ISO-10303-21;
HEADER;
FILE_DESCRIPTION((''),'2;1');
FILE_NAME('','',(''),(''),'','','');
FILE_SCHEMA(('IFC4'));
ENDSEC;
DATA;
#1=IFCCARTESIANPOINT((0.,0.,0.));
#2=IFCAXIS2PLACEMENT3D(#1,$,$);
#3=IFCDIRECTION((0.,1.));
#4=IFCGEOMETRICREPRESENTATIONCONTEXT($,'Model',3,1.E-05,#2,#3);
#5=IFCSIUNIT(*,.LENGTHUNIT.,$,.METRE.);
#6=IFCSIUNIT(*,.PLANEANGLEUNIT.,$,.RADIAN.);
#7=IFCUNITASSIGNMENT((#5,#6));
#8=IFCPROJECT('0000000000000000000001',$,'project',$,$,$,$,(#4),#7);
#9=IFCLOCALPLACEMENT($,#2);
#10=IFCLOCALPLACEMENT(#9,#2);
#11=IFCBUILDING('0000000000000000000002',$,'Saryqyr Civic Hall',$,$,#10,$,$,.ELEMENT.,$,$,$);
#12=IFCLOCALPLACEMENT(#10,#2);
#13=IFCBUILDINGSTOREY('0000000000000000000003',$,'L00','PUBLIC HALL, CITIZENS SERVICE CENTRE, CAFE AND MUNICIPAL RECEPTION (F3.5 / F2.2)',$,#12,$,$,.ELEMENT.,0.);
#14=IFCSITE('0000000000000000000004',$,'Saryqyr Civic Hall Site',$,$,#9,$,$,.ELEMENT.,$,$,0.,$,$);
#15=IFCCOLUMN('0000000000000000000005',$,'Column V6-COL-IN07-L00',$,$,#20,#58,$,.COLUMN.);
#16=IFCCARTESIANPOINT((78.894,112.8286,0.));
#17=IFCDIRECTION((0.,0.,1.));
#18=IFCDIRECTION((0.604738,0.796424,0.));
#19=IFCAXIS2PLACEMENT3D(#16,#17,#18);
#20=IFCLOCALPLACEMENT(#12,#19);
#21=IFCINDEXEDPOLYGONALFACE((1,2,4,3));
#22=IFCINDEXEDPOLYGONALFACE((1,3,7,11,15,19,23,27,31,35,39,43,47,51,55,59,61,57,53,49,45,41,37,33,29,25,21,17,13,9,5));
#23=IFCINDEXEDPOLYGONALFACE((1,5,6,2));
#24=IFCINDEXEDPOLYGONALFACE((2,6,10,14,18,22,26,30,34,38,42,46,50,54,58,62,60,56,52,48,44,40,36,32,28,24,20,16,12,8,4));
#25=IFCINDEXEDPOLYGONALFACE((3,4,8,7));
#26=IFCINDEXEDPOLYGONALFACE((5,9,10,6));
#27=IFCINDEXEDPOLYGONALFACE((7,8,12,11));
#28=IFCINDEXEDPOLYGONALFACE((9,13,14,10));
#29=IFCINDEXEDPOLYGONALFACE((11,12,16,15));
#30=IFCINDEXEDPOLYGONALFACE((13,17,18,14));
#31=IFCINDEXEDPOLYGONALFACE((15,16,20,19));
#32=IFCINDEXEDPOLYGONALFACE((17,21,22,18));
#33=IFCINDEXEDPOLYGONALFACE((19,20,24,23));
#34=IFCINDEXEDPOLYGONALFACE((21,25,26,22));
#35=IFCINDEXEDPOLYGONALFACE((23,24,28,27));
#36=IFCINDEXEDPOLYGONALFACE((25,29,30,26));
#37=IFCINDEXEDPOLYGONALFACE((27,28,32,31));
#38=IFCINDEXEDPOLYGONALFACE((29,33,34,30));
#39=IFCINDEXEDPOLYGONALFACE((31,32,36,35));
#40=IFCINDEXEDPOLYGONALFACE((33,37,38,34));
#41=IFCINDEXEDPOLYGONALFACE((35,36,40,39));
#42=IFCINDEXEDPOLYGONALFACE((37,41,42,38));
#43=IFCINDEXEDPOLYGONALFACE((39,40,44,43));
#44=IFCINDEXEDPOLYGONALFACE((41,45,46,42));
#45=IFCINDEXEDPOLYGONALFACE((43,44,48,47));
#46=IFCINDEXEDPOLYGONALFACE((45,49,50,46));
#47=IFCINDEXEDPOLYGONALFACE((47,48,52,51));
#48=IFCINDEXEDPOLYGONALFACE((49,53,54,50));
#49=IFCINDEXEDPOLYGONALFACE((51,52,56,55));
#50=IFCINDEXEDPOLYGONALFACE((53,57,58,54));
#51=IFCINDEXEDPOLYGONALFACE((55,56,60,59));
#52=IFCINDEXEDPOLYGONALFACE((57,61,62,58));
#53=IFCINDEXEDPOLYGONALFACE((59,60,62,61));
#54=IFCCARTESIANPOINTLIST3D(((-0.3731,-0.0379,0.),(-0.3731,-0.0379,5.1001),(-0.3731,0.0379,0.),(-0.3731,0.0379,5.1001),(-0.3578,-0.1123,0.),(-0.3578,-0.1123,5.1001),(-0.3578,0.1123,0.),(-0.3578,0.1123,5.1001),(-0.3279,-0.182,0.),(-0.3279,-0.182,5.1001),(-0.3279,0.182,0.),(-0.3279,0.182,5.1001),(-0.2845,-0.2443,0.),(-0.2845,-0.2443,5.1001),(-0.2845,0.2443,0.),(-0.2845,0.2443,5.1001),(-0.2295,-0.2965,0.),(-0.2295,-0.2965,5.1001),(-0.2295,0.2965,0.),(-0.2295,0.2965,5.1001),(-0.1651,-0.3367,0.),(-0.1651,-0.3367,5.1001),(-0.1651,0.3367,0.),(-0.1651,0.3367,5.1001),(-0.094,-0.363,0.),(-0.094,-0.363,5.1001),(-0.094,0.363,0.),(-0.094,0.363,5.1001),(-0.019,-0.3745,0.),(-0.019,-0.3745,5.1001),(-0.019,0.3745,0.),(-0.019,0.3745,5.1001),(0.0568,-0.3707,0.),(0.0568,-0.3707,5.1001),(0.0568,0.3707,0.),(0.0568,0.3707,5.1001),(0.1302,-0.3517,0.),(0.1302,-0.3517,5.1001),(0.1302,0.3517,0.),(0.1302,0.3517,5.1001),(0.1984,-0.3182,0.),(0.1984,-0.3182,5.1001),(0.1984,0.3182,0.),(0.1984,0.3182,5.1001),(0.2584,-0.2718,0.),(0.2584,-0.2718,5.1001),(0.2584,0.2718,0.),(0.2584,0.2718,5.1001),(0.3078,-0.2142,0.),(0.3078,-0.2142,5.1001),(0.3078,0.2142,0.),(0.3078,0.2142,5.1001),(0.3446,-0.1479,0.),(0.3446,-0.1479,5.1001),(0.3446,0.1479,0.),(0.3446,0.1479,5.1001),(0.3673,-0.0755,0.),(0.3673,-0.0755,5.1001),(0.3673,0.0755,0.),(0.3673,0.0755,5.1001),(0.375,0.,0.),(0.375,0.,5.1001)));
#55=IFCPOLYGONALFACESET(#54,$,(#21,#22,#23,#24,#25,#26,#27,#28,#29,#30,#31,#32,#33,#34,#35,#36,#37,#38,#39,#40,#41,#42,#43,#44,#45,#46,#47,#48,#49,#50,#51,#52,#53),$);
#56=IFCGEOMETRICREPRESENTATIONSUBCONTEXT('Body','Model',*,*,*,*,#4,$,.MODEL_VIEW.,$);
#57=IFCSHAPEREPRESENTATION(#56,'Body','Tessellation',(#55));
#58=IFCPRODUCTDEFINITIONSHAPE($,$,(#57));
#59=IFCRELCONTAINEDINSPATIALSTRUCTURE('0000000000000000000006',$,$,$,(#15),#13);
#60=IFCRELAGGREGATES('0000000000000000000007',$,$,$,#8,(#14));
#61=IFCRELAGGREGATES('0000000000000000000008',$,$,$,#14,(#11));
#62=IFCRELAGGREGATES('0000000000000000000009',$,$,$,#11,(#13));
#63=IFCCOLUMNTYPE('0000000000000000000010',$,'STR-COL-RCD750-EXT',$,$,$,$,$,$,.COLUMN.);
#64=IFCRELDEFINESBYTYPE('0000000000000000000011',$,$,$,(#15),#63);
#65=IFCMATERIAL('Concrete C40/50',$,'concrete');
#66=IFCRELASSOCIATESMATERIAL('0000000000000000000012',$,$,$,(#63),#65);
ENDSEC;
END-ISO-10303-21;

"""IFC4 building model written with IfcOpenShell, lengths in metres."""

from ifc_helpers import new_model, si_unit, direction, frame, origin, origin_2d, place, context, subcontext, project, spatial, circle, extrude, material, material_profile, profile_set, type_object, element, save


model = new_model("IFC4")

# Units and contexts
model_context = context("Model", 3, precision=1e-05, world=origin(), true_north=direction((0.0, 1.0)))
body_context = subcontext(model_context, "Body", "Model", "MODEL_VIEW")
ifc_project = project(units=[si_unit("LENGTHUNIT", "METRE"), si_unit("PLANEANGLEUNIT", "RADIAN")], contexts=[model_context])

# Site, building, storey
site_placement = place(None, origin())
site = spatial("IfcSite", under=ifc_project, at=site_placement, Name="Saryqyr Civic Hall Site", CompositionType="ELEMENT", RefElevation=0.0)
building_placement = place(site_placement, origin())
building = spatial("IfcBuilding", under=site, at=building_placement, Name="Saryqyr Civic Hall", CompositionType="ELEMENT")
storey_placement = place(building_placement, origin())
storey = spatial("IfcBuildingStorey", under=building, at=storey_placement, Name="L00", Description="PUBLIC HALL, CITIZENS SERVICE CENTRE, CAFE AND MUNICIPAL RECEPTION (F3.5 / F2.2)", CompositionType="ELEMENT", Elevation=0.0)

# Column
ifc_material_1 = material(Name="Concrete C40/50", Category="concrete")
ifc_material_profile_1 = material_profile(ifc_material_1, circle(Radius=0.375, at=origin_2d()), Name="RC D750")
ifc_profile_set_1 = profile_set([ifc_material_profile_1], Name="Concrete C40/50")
column_type_1 = type_object("IfcColumnType", Name="STR-COL-RCD750-EXT", PredefinedType="COLUMN", material=ifc_profile_set_1)
column_1_placement = place(storey_placement, frame((78.894, 112.8286, 0.0), z_axis=(0.0, 0.0, 1.0), x_axis=(0.604738, 0.796424, 0.0)))
element("IfcColumn", 1, at=column_1_placement, inside=storey, type_object=column_type_1, Name="Column V6-COL-IN07-L00", PredefinedType="COLUMN", context=body_context, shape_type="SweptSolid", body=[
    extrude(circle(Radius=0.375, at=origin_2d()), origin(), (0.0, 0.0, 1.0), 5.1001),
])

save(model, "model.ifc")
